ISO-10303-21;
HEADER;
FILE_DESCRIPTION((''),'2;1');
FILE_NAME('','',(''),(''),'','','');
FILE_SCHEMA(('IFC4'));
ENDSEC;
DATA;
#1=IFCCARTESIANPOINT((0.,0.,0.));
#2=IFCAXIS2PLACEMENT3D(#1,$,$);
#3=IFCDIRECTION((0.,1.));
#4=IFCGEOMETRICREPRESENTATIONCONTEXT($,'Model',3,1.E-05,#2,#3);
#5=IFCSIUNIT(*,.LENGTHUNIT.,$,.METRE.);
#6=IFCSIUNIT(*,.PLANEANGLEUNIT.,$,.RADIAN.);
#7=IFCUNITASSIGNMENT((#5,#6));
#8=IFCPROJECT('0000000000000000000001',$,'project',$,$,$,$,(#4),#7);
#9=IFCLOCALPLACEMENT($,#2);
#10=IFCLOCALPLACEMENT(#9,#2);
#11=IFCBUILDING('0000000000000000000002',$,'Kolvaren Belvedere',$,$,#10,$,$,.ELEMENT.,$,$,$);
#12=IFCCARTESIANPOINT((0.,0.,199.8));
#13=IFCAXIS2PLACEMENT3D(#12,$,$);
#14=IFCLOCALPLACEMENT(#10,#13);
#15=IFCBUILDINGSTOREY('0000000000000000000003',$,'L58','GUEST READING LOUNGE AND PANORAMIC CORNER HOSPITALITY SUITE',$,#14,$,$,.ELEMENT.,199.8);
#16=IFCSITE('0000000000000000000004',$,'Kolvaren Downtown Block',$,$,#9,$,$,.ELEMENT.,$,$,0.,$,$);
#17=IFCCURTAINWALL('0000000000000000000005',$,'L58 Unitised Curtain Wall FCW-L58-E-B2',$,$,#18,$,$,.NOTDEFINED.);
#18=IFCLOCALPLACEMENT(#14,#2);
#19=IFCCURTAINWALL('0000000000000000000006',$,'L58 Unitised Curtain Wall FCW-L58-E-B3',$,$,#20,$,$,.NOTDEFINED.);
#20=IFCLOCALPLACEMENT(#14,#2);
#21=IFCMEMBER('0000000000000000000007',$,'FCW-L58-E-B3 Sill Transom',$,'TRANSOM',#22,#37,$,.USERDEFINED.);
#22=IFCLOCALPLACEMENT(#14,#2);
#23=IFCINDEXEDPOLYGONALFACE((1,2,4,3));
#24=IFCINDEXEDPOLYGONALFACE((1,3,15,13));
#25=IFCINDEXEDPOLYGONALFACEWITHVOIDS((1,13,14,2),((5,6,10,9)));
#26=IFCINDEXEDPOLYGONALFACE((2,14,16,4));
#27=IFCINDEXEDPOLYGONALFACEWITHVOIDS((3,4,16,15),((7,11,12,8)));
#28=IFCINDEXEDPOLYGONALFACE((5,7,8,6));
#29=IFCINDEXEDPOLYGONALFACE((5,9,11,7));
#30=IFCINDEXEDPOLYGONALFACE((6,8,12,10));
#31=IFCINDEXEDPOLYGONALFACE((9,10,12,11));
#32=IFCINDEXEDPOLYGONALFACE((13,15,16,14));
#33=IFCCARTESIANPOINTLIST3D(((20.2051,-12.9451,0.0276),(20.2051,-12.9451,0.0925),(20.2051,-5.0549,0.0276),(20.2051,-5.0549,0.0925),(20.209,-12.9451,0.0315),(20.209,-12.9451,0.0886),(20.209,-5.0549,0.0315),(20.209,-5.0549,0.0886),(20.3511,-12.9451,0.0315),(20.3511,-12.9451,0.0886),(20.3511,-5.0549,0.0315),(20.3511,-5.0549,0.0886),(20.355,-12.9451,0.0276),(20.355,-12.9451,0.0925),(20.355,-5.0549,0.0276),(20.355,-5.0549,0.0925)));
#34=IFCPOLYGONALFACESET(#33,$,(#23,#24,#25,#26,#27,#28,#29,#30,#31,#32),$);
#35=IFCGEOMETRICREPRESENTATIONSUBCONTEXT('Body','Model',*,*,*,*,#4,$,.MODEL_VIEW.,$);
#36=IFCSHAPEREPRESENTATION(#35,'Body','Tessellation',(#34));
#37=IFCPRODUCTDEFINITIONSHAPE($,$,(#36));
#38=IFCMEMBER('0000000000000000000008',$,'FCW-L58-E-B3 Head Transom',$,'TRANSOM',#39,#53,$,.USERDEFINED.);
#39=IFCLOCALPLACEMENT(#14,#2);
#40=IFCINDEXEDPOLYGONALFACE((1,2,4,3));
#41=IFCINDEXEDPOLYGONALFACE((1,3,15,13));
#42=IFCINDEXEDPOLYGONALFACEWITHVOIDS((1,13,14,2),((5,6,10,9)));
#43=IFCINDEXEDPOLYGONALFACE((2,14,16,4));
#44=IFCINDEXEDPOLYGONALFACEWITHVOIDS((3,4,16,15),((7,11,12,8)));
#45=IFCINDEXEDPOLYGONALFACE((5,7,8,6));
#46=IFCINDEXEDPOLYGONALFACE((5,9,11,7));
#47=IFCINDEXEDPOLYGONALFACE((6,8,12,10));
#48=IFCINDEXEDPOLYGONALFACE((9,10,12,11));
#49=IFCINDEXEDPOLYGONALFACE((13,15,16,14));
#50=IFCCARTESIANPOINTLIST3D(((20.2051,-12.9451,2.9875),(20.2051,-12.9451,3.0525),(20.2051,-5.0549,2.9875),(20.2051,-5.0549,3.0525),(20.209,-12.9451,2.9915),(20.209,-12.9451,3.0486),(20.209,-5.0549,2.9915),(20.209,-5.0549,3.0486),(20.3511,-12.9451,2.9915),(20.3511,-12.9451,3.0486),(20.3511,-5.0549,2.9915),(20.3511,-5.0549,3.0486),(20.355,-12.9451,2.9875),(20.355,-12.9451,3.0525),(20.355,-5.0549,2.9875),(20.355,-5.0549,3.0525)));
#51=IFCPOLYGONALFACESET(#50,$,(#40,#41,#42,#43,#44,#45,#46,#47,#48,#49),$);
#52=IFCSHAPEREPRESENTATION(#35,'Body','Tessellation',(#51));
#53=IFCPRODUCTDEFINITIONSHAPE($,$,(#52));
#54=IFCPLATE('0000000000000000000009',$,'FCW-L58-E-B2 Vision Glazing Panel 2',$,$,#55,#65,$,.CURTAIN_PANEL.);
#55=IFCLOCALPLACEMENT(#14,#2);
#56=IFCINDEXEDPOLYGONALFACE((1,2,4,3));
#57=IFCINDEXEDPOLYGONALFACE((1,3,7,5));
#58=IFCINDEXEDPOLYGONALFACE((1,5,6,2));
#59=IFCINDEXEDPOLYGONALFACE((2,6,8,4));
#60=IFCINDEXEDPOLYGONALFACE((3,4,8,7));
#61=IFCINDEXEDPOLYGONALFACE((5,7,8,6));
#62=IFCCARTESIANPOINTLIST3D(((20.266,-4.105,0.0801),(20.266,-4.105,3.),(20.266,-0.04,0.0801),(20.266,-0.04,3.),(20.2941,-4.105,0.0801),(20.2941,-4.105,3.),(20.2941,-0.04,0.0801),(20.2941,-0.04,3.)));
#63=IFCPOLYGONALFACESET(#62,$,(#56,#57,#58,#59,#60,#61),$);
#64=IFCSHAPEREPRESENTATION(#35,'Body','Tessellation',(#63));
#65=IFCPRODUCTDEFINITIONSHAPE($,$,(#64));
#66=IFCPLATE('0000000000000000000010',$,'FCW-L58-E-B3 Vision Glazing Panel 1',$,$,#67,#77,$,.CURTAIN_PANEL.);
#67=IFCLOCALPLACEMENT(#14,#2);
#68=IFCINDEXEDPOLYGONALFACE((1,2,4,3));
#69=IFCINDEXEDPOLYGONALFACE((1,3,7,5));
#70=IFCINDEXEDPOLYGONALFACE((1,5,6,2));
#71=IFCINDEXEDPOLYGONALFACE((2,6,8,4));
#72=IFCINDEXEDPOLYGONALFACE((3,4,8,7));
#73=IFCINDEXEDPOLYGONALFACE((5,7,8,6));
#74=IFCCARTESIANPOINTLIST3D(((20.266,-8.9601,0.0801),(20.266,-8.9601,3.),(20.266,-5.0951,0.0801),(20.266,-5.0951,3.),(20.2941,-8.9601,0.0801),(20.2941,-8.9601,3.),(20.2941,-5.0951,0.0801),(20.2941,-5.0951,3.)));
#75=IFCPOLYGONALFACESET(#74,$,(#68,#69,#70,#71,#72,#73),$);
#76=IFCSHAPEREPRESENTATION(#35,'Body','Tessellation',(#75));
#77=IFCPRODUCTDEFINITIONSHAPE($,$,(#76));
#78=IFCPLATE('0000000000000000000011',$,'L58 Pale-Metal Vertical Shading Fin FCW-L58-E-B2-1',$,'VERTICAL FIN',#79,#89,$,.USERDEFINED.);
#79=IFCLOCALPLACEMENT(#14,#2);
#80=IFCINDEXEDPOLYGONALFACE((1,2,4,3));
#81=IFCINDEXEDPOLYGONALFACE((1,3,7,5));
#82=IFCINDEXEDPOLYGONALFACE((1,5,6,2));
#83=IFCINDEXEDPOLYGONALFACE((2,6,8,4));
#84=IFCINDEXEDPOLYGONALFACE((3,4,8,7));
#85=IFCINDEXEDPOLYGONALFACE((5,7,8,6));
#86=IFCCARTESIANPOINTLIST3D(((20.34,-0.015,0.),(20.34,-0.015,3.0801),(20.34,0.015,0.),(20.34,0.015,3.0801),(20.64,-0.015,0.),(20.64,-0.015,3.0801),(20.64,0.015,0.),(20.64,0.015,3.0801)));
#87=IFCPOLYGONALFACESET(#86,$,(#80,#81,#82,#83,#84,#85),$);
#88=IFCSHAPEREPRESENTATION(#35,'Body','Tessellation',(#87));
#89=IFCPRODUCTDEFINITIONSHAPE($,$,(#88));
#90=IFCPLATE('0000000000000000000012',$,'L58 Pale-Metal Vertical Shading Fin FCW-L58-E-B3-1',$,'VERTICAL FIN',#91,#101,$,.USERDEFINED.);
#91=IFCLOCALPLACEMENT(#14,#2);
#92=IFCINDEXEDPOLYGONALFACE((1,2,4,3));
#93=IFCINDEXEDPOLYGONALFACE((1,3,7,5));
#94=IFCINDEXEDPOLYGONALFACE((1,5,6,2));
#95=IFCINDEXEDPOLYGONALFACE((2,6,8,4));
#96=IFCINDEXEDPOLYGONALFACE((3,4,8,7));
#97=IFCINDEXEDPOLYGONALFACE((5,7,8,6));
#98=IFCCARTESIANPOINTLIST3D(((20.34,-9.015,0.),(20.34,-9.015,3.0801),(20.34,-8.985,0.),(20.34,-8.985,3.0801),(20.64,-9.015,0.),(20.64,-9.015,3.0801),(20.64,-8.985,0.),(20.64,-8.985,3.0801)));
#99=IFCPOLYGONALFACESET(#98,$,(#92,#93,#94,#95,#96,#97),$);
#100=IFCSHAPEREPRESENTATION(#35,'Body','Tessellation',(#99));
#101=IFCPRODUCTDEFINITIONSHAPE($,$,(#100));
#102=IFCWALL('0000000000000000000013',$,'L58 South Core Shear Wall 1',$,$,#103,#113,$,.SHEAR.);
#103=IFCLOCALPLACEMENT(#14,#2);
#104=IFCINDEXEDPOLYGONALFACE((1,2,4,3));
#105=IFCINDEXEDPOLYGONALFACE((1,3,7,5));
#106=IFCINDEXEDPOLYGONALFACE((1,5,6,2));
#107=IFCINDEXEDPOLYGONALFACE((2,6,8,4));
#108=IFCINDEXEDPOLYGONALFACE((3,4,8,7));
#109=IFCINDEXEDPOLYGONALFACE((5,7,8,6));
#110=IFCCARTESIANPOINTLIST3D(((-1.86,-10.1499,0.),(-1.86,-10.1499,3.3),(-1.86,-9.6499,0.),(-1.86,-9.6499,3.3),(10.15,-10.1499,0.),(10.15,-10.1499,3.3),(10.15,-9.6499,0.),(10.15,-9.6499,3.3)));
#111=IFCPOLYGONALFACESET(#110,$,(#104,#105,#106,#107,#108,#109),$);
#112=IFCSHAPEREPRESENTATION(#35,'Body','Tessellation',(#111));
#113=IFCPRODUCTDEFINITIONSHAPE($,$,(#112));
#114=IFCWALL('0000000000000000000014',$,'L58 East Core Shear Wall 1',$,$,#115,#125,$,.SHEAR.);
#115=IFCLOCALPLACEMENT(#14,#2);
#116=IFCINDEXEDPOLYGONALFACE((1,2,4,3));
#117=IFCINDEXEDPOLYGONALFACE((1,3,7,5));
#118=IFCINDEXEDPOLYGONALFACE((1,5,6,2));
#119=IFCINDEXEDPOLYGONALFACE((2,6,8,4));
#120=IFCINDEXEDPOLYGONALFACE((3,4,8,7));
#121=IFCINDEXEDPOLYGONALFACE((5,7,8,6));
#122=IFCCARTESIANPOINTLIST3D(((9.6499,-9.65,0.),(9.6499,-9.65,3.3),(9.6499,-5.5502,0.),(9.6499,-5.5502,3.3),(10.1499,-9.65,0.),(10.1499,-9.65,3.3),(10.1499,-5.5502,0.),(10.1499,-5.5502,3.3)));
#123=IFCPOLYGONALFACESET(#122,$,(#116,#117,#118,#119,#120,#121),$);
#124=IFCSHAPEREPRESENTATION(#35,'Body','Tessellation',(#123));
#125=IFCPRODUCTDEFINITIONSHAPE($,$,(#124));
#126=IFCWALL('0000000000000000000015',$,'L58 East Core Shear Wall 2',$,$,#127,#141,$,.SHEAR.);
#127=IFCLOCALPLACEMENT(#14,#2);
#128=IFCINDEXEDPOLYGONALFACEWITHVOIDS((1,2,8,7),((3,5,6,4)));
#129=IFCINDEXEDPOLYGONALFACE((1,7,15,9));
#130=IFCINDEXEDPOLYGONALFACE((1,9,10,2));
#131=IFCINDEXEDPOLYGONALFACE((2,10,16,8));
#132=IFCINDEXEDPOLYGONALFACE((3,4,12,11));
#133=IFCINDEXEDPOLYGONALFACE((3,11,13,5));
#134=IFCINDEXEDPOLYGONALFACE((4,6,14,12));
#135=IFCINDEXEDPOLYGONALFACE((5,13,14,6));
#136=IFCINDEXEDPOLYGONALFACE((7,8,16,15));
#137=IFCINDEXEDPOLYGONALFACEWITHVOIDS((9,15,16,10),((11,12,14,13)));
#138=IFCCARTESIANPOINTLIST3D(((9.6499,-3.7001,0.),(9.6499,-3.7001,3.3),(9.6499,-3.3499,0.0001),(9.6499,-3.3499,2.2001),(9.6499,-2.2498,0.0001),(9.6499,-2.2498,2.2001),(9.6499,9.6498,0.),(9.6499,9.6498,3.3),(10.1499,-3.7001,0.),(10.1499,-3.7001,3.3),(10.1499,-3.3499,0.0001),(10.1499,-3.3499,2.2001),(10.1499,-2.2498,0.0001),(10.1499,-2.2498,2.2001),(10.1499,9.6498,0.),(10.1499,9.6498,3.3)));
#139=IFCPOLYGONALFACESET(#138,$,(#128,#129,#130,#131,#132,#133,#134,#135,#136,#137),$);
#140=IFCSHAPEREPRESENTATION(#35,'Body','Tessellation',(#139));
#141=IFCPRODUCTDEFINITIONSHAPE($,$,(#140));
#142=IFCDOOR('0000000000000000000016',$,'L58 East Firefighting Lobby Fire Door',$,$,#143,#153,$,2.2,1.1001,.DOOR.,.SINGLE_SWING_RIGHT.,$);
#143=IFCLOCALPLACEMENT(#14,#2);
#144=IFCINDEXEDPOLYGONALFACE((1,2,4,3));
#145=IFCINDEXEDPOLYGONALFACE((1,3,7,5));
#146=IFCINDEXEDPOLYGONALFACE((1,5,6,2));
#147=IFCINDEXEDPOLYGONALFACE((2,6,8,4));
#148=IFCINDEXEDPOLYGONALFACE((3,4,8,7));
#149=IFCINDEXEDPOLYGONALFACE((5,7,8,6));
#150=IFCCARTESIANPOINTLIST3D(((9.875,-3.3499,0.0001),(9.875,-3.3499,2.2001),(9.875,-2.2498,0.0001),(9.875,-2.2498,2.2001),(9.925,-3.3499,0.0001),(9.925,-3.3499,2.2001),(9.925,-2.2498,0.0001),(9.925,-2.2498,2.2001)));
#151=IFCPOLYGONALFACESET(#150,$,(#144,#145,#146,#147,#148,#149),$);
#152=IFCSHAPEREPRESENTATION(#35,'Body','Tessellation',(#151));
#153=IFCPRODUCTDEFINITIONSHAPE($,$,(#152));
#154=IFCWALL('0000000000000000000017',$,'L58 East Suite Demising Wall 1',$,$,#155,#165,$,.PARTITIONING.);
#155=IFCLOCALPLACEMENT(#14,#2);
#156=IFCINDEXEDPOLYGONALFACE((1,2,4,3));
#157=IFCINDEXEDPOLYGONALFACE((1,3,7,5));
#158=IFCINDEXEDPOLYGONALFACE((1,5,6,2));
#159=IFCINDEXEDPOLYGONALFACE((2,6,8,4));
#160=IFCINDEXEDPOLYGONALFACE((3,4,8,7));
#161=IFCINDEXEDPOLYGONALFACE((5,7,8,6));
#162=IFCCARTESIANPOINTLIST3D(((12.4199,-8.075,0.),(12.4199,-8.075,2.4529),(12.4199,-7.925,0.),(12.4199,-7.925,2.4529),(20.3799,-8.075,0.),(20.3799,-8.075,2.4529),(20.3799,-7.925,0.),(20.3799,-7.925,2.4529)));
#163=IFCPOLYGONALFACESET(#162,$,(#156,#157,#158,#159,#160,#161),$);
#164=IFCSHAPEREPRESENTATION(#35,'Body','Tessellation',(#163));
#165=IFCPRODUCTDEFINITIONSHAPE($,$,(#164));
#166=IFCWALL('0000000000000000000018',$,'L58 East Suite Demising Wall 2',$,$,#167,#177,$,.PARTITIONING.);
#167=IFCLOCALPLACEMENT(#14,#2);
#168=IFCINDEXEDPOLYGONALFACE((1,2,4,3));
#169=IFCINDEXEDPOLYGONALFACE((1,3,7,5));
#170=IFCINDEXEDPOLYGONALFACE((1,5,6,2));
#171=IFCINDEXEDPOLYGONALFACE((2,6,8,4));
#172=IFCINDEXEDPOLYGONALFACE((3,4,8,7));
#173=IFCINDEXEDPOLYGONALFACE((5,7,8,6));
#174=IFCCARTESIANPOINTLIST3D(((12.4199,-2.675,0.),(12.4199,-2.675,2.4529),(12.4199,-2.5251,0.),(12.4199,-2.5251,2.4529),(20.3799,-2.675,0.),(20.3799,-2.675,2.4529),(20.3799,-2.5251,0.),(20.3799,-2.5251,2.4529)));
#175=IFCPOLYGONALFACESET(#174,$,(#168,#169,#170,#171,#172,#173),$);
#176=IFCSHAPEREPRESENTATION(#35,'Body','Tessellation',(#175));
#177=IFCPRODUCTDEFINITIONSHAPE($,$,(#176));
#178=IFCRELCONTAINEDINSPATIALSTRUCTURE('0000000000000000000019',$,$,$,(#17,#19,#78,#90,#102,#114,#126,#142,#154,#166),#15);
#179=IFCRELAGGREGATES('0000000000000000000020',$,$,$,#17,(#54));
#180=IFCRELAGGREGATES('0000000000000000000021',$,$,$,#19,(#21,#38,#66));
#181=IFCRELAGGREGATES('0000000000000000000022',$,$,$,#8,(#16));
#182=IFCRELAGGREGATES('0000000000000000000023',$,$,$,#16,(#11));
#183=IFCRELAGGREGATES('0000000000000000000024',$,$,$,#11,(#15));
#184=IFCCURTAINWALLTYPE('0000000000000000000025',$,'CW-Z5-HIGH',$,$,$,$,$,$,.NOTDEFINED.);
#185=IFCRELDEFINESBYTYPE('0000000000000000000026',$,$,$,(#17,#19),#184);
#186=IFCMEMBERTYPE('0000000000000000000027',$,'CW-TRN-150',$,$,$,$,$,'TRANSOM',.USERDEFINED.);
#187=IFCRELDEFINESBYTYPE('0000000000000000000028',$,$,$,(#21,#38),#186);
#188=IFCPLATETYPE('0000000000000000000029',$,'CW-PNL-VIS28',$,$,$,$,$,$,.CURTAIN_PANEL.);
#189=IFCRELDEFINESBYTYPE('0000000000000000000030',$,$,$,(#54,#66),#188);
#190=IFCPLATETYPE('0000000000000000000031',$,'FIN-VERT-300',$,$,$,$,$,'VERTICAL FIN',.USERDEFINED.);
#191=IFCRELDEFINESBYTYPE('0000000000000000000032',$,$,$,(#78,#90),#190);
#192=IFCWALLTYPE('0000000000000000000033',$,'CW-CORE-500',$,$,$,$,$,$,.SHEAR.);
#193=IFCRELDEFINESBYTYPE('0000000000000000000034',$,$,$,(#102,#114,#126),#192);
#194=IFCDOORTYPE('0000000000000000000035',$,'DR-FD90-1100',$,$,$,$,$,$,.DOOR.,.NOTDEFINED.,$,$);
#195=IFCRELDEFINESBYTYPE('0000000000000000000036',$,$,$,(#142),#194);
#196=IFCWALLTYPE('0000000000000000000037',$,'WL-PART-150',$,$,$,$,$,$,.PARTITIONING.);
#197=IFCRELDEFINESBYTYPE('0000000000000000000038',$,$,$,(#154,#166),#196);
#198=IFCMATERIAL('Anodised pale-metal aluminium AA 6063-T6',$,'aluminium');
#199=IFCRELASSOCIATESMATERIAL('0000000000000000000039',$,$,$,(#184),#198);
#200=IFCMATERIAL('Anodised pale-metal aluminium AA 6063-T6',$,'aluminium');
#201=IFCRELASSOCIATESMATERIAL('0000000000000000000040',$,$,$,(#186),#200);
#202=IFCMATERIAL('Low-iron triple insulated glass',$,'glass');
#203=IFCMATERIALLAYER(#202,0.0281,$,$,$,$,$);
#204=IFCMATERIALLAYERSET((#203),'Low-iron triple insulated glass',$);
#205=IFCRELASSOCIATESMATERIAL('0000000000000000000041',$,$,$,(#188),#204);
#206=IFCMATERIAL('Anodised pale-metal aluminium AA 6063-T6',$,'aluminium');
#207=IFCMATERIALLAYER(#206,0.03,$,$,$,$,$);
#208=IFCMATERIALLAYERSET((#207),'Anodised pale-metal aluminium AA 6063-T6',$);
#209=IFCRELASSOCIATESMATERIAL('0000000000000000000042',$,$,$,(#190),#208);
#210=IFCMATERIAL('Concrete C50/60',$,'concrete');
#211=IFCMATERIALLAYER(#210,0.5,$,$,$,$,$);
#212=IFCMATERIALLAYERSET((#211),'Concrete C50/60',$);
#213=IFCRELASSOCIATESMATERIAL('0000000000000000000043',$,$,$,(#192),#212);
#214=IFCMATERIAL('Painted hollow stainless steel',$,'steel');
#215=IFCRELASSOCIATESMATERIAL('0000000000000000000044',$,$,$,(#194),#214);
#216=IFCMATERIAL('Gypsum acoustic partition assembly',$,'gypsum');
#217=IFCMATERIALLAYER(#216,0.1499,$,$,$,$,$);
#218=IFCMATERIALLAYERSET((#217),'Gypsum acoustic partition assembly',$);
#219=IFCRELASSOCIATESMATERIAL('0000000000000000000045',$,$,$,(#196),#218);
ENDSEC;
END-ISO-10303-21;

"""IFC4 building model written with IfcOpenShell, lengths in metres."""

from ifc_helpers import new_model, si_unit, direction, frame, frame_2d, origin, origin_2d, place, context, subcontext, project, spatial, rectangle, hollow_rectangle, extrude, material, layer, layer_set, material_profile, profile_set, type_object, element, fill, aggregate, save


model = new_model("IFC4")

# Units and contexts
model_context = context("Model", 3, precision=1e-05, world=origin(), true_north=direction((0.0, 1.0)))
body_context = subcontext(model_context, "Body", "Model", "MODEL_VIEW")
ifc_project = project(units=[si_unit("LENGTHUNIT", "METRE"), si_unit("PLANEANGLEUNIT", "RADIAN")], contexts=[model_context])

# Site, building, storey
site_placement = place(None, origin())
site = spatial("IfcSite", under=ifc_project, at=site_placement, Name="Kolvaren Downtown Block", CompositionType="ELEMENT", RefElevation=0.0)
building_placement = place(site_placement, origin())
building = spatial("IfcBuilding", under=site, at=building_placement, Name="Kolvaren Belvedere", CompositionType="ELEMENT")
storey_placement = place(building_placement, frame((0.0, 0.0, 199.8)))
storey = spatial("IfcBuildingStorey", under=building, at=storey_placement, Name="L58", Description="GUEST READING LOUNGE AND PANORAMIC CORNER HOSPITALITY SUITE", CompositionType="ELEMENT", Elevation=199.8)

# Curtain walls, members
ifc_material_1 = material(Name="Anodised pale-metal aluminium AA 6063-T6", Category="aluminium")
curtain_wall_type = type_object("IfcCurtainWallType", Name="CW-Z5-HIGH", PredefinedType="NOTDEFINED", material=ifc_material_1)
curtain_wall_1_placement = place(storey_placement, origin())
curtain_wall_1 = element("IfcCurtainWall", 1, at=curtain_wall_1_placement, inside=storey, type_object=curtain_wall_type, Name="L58 Unitised Curtain Wall FCW-L58-E-B2", PredefinedType="NOTDEFINED")
curtain_wall_2_placement = place(storey_placement, origin())
curtain_wall_2 = element("IfcCurtainWall", 2, at=curtain_wall_2_placement, inside=storey, type_object=curtain_wall_type, Name="L58 Unitised Curtain Wall FCW-L58-E-B3", PredefinedType="NOTDEFINED")
ifc_material_2 = material(Name="Anodised pale-metal aluminium AA 6063-T6", Category="aluminium")
ifc_material_profile_1 = material_profile(ifc_material_2, hollow_rectangle(XDim=0.0649, YDim=0.1499, WallThickness=0.0039, at=origin_2d()), Name="ALU-TRN-150X65")
ifc_profile_set_1 = profile_set([ifc_material_profile_1], Name="Anodised pale-metal aluminium AA 6063-T6")
member_type_1 = type_object("IfcMemberType", Name="CW-TRN-150", ElementType="TRANSOM", PredefinedType="USERDEFINED", material=ifc_profile_set_1)
member_1_placement = place(storey_placement, frame((20.28, -5.0549, 0.0601), z_axis=(0.0, -1.0, 0.0), x_axis=(0.0, 0.0, 1.0)))
member_1 = element("IfcMember", 3, at=member_1_placement, type_object=member_type_1, Name="FCW-L58-E-B3 Sill Transom", ObjectType="TRANSOM", PredefinedType="USERDEFINED", context=body_context, shape_type="SweptSolid", body=[
    extrude(hollow_rectangle(XDim=0.0649, YDim=0.1499, WallThickness=0.0039, at=origin_2d()), origin(), (0.0, 0.0, 1.0), 7.8901),
])
member_2_placement = place(storey_placement, frame((20.28, -5.0549, 3.02), z_axis=(0.0, -1.0, 0.0), x_axis=(0.0, 0.0, 1.0)))
member_2 = element("IfcMember", 4, at=member_2_placement, type_object=member_type_1, Name="FCW-L58-E-B3 Head Transom", ObjectType="TRANSOM", PredefinedType="USERDEFINED", context=body_context, shape_type="SweptSolid", body=[
    extrude(hollow_rectangle(XDim=0.0649, YDim=0.1499, WallThickness=0.0039, at=origin_2d()), origin(), (0.0, 0.0, 1.0), 7.8901),
])

# Plates
ifc_material_3 = material(Name="Low-iron triple insulated glass", Category="glass")
ifc_layer_1 = layer(ifc_material_3, 0.0281)
ifc_layer_set_1 = layer_set([ifc_layer_1], Name="Low-iron triple insulated glass")
plate_type_1 = type_object("IfcPlateType", Name="CW-PNL-VIS28", PredefinedType="CURTAIN_PANEL", material=ifc_layer_set_1)
plate_1_placement = place(storey_placement, frame((20.28, -2.0725, 0.0801), z_axis=(0.0, 0.0, 1.0), x_axis=(0.0, -1.0, 0.0)))
plate_1 = element("IfcPlate", 5, at=plate_1_placement, type_object=plate_type_1, Name="FCW-L58-E-B2 Vision Glazing Panel 2", PredefinedType="CURTAIN_PANEL", context=body_context, shape_type="SweptSolid", body=[
    extrude(rectangle(XDim=4.0649, YDim=0.0281, at=origin_2d()), origin(), (0.0, 0.0, 1.0), 2.9199),
])
aggregate(curtain_wall_1, [plate_1])
plate_2_placement = place(storey_placement, frame((20.28, -7.0276, 0.0801), z_axis=(0.0, 0.0, 1.0), x_axis=(0.0, -1.0, 0.0)))
plate_2 = element("IfcPlate", 6, at=plate_2_placement, type_object=plate_type_1, Name="FCW-L58-E-B3 Vision Glazing Panel 1", PredefinedType="CURTAIN_PANEL", context=body_context, shape_type="SweptSolid", body=[
    extrude(rectangle(XDim=3.865, YDim=0.0281, at=origin_2d()), origin(), (0.0, 0.0, 1.0), 2.9199),
])
aggregate(curtain_wall_2, [member_1, member_2, plate_2])

# Plates
ifc_material_4 = material(Name="Anodised pale-metal aluminium AA 6063-T6", Category="aluminium")
ifc_layer_2 = layer(ifc_material_4, 0.03)
ifc_layer_set_2 = layer_set([ifc_layer_2], Name="Anodised pale-metal aluminium AA 6063-T6")
plate_type_2 = type_object("IfcPlateType", Name="FIN-VERT-300", ElementType="VERTICAL FIN", PredefinedType="USERDEFINED", material=ifc_layer_set_2)
for number, where, z_axis, x_axis, name in (
    (7, (20.49, 0.0, 0.0), (0.0, 0.0, 1.0), (1.0, 0.0, 0.0), "L58 Pale-Metal Vertical Shading Fin FCW-L58-E-B2-1"),
    (8, (20.49, -9.0, 0.0), (0.0, 0.0, 1.0), (1.0, 0.0, 0.0), "L58 Pale-Metal Vertical Shading Fin FCW-L58-E-B3-1"),
):
    element("IfcPlate", number, at=place(storey_placement, frame(where, z_axis=z_axis, x_axis=x_axis)), inside=storey, type_object=plate_type_2, Name=name, ObjectType="VERTICAL FIN", PredefinedType="USERDEFINED", context=body_context, shape_type="SweptSolid", body=[
        extrude(rectangle(XDim=0.3, YDim=0.03, at=origin_2d()), origin(), (0.0, 0.0, 1.0), 3.0801),
    ])

# Walls
ifc_material_5 = material(Name="Concrete C50/60", Category="concrete")
ifc_layer_3 = layer(ifc_material_5, 0.5)
ifc_layer_set_3 = layer_set([ifc_layer_3], Name="Concrete C50/60")
wall_type_1 = type_object("IfcWallType", Name="CW-CORE-500", PredefinedType="SHEAR", material=ifc_layer_set_3)
wall_1_placement = place(storey_placement, frame((10.1499, -9.8999, 0.0), z_axis=(0.0, 0.0, 1.0), x_axis=(-1.0, 0.0, 0.0)))
element("IfcWall", 9, at=wall_1_placement, inside=storey, type_object=wall_type_1, Name="L58 South Core Shear Wall 1", PredefinedType="SHEAR", context=body_context, shape_type="SweptSolid", body=[
    extrude(rectangle(XDim=12.01, YDim=0.5, at=frame_2d((6.0049, 0.0))), origin(), (0.0, 0.0, 1.0), 3.3),
])
wall_2_placement = place(storey_placement, frame((9.8999, -9.6499, 0.0), z_axis=(0.0, 0.0, 1.0), x_axis=(0.0, 1.0, 0.0)))
element("IfcWall", 10, at=wall_2_placement, inside=storey, type_object=wall_type_1, Name="L58 East Core Shear Wall 1", PredefinedType="SHEAR", context=body_context, shape_type="SweptSolid", body=[
    extrude(rectangle(XDim=4.0999, YDim=0.5, at=frame_2d((2.0498, 0.0))), origin(), (0.0, 0.0, 1.0), 3.3),
])

# Wall, opening, door
wall_3_placement = place(storey_placement, frame((9.8999, -3.7, 0.0), z_axis=(0.0, 0.0, 1.0), x_axis=(0.0, 1.0, 0.0)))
wall_3 = element("IfcWall", 11, at=wall_3_placement, inside=storey, type_object=wall_type_1, Name="L58 East Core Shear Wall 2", PredefinedType="SHEAR", context=body_context, shape_type="SweptSolid", body=[
    extrude(rectangle(XDim=13.3499, YDim=0.5, at=frame_2d((6.6748, 0.0))), origin(), (0.0, 0.0, 1.0), 3.3),
])
opening_placement = place(wall_3_placement, frame((0.3501, 0.0, 0.0)))
opening = element("IfcOpeningElement", 12, at=opening_placement, cuts=wall_3, PredefinedType="OPENING", context=body_context, shape_type="SweptSolid", body=[
    extrude(rectangle(XDim=1.1001, YDim=2.2, at=frame_2d((0.55, 1.1001))), frame((0.0, 0.26, 0.0), z_axis=(0.0, -1.0, 0.0), x_axis=(1.0, 0.0, 0.0)), (0.0, 0.0, 1.0), 0.52),
])
ifc_material_6 = material(Name="Painted hollow stainless steel", Category="steel")
door_type = type_object("IfcDoorType", Name="DR-FD90-1100", OperationType="NOTDEFINED", PredefinedType="DOOR", material=ifc_material_6)
door_placement = place(opening_placement, origin())
door = element("IfcDoor", 13, at=door_placement, inside=storey, type_object=door_type, Name="L58 East Firefighting Lobby Fire Door", OperationType="SINGLE_SWING_RIGHT", OverallHeight=2.2, OverallWidth=1.1001, PredefinedType="DOOR", context=body_context, shape_type="SweptSolid", body=[
    extrude(rectangle(XDim=1.1001, YDim=2.2, at=frame_2d((0.55, 1.1001))), frame((0.0, 0.0249, 0.0), z_axis=(0.0, -1.0, 0.0), x_axis=(1.0, 0.0, 0.0)), (0.0, 0.0, 1.0), 0.05),
])
fill(opening, door)

# Walls
ifc_material_7 = material(Name="Gypsum acoustic partition assembly", Category="gypsum")
ifc_layer_4 = layer(ifc_material_7, 0.1499)
ifc_layer_set_4 = layer_set([ifc_layer_4], Name="Gypsum acoustic partition assembly")
wall_type_2 = type_object("IfcWallType", Name="WL-PART-150", PredefinedType="PARTITIONING", material=ifc_layer_set_4)
for number, where, z_axis, x_axis, name in (
    (14, (12.4199, -8.0, 0.0), (0.0, 0.0, 1.0), (1.0, 0.0, 0.0), "L58 East Suite Demising Wall 1"),
    (15, (12.4199, -2.6001, 0.0), (0.0, 0.0, 1.0), (1.0, 0.0, 0.0), "L58 East Suite Demising Wall 2"),
):
    element("IfcWall", number, at=place(storey_placement, frame(where, z_axis=z_axis, x_axis=x_axis)), inside=storey, type_object=wall_type_2, Name=name, PredefinedType="PARTITIONING", context=body_context, shape_type="SweptSolid", body=[
        extrude(rectangle(XDim=7.96, YDim=0.1499, at=frame_2d((3.98, 0.0))), origin(), (0.0, 0.0, 1.0), 2.4529),
    ])

save(model, "model.ifc")
